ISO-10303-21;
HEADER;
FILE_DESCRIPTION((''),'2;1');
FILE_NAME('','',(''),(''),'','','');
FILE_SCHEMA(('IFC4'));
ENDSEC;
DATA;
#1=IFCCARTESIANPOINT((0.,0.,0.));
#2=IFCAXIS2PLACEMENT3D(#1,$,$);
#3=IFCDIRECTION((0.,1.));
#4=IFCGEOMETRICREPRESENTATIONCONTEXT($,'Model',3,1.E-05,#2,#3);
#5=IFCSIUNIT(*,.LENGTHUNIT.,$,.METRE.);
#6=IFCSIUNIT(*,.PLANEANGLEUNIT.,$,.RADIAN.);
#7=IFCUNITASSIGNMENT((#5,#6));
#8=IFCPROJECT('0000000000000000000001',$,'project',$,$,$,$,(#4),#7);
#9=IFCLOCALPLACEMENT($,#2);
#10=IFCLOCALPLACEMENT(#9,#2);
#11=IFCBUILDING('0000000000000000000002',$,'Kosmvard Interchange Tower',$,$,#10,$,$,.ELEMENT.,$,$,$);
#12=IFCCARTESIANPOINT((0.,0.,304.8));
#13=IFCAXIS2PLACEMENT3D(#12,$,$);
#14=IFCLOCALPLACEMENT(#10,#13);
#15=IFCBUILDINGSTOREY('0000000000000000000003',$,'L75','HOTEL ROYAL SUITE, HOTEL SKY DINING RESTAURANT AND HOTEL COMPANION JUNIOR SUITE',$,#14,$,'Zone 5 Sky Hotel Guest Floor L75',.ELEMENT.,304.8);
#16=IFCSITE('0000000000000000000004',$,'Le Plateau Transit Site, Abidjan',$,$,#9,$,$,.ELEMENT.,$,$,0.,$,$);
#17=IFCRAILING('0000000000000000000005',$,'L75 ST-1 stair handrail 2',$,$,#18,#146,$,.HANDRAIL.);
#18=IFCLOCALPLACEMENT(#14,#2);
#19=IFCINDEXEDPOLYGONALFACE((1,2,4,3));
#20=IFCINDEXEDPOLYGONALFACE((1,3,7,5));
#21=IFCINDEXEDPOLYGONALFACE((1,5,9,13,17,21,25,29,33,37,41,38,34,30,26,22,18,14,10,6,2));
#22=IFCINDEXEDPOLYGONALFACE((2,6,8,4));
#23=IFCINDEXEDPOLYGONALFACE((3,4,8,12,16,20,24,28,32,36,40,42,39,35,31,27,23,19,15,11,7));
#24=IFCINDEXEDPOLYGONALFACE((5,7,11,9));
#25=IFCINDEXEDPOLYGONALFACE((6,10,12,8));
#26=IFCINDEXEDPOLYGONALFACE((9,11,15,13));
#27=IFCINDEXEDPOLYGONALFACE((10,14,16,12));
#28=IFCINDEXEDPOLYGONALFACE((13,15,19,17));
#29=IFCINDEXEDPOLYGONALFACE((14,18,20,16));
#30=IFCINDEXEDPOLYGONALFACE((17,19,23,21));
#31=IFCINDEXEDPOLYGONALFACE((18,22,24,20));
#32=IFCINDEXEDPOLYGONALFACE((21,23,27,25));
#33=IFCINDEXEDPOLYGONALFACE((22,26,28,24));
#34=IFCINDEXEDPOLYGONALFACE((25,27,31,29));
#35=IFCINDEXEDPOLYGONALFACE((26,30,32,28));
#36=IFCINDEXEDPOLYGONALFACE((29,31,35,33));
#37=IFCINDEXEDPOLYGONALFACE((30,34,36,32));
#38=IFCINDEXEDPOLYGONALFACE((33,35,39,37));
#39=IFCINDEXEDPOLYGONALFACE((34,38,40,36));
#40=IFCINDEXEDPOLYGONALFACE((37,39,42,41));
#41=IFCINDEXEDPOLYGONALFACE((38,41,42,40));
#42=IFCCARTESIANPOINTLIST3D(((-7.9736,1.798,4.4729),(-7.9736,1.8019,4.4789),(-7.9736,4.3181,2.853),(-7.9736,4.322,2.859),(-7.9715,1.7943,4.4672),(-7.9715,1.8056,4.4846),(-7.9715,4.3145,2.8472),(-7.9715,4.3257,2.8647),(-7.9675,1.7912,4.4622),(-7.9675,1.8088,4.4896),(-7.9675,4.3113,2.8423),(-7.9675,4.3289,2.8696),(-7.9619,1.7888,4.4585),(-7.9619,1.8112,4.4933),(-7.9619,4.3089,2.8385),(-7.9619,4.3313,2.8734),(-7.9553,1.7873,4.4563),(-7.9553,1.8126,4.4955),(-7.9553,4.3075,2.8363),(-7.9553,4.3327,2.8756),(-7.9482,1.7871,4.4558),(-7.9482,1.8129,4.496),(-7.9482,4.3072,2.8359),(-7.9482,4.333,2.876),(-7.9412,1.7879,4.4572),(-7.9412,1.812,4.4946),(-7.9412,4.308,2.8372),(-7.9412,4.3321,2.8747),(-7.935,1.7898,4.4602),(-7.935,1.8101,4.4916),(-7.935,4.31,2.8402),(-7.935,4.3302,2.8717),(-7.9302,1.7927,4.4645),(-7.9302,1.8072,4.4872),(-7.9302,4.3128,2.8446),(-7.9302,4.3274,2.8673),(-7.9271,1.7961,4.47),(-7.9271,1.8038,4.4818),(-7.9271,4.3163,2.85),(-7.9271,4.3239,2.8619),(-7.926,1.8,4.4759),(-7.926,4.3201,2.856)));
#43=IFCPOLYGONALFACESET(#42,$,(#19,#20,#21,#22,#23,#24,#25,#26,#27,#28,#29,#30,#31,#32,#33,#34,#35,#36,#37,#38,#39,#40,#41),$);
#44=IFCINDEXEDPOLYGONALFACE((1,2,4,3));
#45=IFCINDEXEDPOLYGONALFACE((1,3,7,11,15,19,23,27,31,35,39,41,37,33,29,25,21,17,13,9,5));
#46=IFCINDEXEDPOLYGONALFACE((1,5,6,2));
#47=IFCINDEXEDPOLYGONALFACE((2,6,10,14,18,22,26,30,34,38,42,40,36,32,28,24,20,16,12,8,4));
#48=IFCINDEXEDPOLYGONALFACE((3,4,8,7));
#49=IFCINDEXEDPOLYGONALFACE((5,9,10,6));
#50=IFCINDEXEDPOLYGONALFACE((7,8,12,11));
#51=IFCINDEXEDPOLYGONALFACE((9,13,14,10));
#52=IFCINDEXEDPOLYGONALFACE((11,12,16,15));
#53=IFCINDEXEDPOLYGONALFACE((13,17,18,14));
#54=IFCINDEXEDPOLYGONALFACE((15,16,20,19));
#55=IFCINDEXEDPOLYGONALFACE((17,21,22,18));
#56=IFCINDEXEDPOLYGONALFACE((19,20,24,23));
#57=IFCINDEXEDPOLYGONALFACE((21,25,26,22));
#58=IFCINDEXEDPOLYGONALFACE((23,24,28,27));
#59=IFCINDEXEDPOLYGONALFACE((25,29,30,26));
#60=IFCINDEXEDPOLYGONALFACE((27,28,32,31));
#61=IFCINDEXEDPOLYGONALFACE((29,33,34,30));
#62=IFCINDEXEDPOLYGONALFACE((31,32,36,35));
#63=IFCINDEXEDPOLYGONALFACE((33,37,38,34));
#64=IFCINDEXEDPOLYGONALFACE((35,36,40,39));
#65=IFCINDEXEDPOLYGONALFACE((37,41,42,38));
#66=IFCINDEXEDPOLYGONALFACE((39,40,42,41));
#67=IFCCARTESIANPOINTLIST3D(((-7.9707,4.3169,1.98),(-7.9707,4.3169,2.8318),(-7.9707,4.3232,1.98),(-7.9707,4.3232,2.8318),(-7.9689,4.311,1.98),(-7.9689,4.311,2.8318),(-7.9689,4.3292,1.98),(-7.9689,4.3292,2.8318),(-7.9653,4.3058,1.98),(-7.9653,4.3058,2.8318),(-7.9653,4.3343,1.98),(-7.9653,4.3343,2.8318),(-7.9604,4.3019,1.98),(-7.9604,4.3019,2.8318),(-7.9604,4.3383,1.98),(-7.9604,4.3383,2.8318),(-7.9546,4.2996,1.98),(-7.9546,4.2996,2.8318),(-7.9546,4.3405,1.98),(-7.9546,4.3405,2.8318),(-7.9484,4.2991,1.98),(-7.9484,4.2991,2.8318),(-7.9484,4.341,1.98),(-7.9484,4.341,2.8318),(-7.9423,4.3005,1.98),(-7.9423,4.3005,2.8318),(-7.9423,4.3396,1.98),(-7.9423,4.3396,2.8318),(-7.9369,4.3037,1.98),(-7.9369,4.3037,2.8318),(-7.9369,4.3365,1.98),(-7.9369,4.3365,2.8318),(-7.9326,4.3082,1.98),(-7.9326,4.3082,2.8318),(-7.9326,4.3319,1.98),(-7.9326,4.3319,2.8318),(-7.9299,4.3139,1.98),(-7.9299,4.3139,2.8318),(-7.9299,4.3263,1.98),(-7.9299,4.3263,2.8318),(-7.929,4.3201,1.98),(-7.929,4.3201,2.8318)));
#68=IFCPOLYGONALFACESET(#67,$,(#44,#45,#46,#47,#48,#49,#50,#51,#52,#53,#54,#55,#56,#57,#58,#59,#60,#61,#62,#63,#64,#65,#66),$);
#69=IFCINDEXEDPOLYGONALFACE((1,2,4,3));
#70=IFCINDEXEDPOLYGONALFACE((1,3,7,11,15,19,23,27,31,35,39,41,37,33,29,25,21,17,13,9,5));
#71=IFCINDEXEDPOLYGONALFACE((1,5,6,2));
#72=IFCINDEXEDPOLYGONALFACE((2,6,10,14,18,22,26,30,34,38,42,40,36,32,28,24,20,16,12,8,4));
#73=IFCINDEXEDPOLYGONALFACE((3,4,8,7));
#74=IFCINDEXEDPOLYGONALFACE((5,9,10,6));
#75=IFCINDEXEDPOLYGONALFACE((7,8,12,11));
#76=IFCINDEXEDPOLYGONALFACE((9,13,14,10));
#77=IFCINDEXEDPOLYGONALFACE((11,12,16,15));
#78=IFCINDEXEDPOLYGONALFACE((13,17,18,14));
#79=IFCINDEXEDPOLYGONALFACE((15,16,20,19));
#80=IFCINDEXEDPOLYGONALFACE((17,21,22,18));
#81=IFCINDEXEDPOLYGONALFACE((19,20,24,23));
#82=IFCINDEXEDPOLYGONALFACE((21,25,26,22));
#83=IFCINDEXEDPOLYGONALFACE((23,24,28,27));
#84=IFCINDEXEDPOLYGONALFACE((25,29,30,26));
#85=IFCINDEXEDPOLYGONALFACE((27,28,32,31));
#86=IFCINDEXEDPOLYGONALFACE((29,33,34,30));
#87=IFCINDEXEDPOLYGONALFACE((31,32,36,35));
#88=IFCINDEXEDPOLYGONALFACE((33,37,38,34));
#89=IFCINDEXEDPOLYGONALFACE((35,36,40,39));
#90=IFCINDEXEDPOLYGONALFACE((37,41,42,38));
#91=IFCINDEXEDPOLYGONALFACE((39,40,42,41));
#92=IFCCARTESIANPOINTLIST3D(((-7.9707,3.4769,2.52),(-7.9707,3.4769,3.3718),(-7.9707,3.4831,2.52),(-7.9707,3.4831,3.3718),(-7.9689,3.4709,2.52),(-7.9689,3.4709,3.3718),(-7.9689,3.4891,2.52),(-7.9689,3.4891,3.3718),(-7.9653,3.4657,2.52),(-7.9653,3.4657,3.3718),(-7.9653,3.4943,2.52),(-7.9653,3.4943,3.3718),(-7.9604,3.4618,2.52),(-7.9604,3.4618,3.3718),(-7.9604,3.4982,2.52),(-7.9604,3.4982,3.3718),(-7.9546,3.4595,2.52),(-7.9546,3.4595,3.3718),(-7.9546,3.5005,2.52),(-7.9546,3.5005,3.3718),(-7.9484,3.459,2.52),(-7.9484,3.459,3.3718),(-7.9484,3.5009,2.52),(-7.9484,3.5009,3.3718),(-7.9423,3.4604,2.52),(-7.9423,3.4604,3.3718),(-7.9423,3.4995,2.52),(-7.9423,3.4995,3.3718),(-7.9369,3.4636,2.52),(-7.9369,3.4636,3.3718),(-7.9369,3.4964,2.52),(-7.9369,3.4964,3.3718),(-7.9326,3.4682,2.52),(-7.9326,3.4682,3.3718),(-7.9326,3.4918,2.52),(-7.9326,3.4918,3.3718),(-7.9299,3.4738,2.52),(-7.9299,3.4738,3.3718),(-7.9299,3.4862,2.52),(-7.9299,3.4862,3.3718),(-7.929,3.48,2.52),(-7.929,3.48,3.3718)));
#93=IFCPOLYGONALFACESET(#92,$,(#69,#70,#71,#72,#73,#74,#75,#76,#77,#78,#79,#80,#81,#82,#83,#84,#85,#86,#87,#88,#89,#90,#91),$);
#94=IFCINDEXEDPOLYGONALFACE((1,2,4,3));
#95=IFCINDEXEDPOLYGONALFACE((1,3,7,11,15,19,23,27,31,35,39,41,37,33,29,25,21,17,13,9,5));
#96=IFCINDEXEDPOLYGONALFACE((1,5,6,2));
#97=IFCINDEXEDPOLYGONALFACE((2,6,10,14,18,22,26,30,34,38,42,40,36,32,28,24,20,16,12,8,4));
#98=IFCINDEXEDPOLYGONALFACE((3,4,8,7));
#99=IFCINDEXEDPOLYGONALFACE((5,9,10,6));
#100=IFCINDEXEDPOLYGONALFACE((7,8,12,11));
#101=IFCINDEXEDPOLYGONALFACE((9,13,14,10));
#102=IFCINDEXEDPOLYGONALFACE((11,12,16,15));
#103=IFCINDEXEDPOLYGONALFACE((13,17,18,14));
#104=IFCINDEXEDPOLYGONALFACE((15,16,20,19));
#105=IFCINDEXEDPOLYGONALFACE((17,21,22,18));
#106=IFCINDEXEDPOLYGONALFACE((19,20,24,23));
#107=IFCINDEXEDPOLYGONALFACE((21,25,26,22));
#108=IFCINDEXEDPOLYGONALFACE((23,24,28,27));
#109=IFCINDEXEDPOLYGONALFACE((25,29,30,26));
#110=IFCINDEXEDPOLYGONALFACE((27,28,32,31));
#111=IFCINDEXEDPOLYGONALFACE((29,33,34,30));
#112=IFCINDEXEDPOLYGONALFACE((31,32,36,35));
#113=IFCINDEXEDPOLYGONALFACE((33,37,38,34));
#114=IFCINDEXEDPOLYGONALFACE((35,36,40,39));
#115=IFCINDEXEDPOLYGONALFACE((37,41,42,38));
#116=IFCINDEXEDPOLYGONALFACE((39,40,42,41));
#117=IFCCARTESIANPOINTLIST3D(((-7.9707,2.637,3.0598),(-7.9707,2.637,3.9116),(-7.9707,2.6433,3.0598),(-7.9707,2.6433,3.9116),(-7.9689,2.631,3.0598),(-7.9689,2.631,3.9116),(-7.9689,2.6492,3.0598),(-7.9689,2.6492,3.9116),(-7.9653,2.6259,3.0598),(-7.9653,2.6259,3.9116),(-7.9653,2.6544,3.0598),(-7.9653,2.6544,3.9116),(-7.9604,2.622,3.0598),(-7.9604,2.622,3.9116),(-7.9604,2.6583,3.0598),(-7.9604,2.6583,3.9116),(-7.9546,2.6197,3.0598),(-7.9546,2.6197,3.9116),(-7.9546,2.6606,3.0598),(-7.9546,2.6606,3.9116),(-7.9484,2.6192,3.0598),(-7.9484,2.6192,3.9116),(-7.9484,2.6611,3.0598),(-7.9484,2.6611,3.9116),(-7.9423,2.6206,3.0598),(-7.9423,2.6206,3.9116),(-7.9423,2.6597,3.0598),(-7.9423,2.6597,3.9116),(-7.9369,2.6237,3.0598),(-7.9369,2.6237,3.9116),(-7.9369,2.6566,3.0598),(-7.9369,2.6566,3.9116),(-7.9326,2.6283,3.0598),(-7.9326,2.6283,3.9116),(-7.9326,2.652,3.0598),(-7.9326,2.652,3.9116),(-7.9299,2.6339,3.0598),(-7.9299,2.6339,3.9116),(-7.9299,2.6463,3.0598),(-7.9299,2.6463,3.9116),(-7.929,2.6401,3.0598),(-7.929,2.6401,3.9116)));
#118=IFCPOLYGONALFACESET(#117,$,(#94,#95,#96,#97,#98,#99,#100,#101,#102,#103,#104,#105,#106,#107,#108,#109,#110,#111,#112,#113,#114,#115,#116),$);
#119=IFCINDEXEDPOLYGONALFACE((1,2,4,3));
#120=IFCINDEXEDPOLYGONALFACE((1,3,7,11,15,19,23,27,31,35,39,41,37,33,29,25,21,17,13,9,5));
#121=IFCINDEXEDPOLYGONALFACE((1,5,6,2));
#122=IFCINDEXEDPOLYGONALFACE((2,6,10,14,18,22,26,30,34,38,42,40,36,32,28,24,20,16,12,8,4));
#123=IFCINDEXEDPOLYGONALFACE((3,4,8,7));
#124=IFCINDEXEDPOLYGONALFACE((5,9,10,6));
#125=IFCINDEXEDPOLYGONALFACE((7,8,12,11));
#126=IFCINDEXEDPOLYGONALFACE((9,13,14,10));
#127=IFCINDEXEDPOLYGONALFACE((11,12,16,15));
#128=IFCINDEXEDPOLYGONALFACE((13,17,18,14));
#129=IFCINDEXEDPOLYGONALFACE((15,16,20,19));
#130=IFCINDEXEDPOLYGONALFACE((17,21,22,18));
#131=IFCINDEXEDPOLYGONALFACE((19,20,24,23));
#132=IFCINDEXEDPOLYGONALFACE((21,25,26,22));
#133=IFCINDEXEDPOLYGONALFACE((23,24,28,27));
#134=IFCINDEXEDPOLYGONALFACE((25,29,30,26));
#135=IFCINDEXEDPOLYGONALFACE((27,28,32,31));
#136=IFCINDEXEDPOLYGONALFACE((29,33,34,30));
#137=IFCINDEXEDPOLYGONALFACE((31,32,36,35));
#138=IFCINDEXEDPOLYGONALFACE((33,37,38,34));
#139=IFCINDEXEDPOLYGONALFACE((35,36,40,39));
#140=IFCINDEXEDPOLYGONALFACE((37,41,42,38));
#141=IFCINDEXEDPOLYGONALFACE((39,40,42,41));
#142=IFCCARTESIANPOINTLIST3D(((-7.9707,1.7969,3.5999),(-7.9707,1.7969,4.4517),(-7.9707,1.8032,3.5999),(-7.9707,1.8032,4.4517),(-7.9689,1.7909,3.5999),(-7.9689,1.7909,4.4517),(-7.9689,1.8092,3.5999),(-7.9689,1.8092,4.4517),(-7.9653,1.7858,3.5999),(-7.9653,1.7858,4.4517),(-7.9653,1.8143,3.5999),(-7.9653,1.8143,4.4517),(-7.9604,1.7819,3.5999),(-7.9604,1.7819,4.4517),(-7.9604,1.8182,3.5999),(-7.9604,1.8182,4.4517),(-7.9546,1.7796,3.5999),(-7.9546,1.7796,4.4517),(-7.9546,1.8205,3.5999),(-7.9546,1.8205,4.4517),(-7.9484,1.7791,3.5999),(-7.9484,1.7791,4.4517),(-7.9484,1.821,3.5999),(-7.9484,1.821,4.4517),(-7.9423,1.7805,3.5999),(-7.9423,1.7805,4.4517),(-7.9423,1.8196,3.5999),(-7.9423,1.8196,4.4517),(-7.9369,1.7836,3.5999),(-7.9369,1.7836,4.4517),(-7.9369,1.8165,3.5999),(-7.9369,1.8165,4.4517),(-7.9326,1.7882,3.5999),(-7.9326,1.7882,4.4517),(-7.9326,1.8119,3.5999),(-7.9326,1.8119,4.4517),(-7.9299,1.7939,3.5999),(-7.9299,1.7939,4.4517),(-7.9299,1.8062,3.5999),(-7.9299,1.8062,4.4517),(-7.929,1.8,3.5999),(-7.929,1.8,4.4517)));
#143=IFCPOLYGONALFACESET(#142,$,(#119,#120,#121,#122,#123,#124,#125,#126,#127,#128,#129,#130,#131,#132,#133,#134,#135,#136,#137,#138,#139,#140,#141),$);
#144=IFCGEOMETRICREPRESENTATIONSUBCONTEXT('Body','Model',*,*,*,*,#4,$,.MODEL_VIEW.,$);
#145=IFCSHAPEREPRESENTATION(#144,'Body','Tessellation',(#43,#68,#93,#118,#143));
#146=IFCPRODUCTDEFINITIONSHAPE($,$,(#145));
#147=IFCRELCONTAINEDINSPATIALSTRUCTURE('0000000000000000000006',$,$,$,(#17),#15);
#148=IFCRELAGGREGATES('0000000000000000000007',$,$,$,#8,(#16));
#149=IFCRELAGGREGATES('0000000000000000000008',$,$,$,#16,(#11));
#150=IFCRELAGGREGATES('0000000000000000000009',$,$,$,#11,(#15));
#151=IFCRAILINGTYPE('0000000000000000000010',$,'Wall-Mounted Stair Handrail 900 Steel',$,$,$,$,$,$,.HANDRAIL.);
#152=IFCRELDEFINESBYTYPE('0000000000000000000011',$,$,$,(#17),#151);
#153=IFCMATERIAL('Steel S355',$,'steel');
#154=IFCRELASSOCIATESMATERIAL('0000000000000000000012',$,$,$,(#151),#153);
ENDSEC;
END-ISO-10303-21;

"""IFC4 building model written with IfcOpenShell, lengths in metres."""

from ifc_helpers import new_model, si_unit, direction, frame, origin, origin_2d, place, context, subcontext, project, spatial, circle, extrude, source, transform, mapped, material, type_object, element, save


model = new_model("IFC4")

# Units and contexts
model_context = context("Model", 3, precision=1e-05, world=origin(), true_north=direction((0.0, 1.0)))
body_context = subcontext(model_context, "Body", "Model", "MODEL_VIEW")
ifc_project = project(units=[si_unit("LENGTHUNIT", "METRE"), si_unit("PLANEANGLEUNIT", "RADIAN")], contexts=[model_context])

# Site, building, storey
site_placement = place(None, origin())
site = spatial("IfcSite", under=ifc_project, at=site_placement, Name="Le Plateau Transit Site, Abidjan", CompositionType="ELEMENT", RefElevation=0.0)
building_placement = place(site_placement, origin())
building = spatial("IfcBuilding", under=site, at=building_placement, Name="Kosmvard Interchange Tower", CompositionType="ELEMENT")
storey_placement = place(building_placement, frame((0.0, 0.0, 304.8)))
storey = spatial("IfcBuildingStorey", under=building, at=storey_placement, Name="L75", Description="HOTEL ROYAL SUITE, HOTEL SKY DINING RESTAURANT AND HOTEL COMPANION JUNIOR SUITE", LongName="Zone 5 Sky Hotel Guest Floor L75", CompositionType="ELEMENT", Elevation=304.8)

# Shared definitions
ifc_material_1 = material(Name="Steel S355", Category="steel")

# Railing
railing_type_1 = type_object("IfcRailingType", Name="Wall-Mounted Stair Handrail 900 Steel", PredefinedType="HANDRAIL", material=ifc_material_1)
shared_shape_1 = source(origin(), body_context, "Body", "SweptSolid", [
    extrude(circle(Radius=0.0239, at=origin_2d()), frame((0.0, 0.0, 0.876), z_axis=(0.0, -0.8412, 0.540725), x_axis=(1.0, 0.0, 0.0)), (0.0, 0.0, 1.0), 2.9958),
    extrude(circle(Radius=0.021, at=origin_2d()), origin(), (0.0, 0.0, 1.0), 0.8518),
    extrude(circle(Radius=0.021, at=origin_2d()), frame((0.0, -0.8401, 0.54)), (0.0, 0.0, 1.0), 0.8518),
    extrude(circle(Radius=0.021, at=origin_2d()), frame((0.0, -1.6799, 1.0798)), (0.0, 0.0, 1.0), 0.8518),
    extrude(circle(Radius=0.021, at=origin_2d()), frame((0.0, -2.52, 1.6199)), (0.0, 0.0, 1.0), 0.8518),
])
railing_1_placement = place(storey_placement, frame((-7.95, 4.3201, 1.98)))
element("IfcRailing", 1, at=railing_1_placement, inside=storey, type_object=railing_type_1, Name="L75 ST-1 stair handrail 2", PredefinedType="HANDRAIL", context=body_context, shape_type="MappedRepresentation", body=[
    mapped(shared_shape_1, transform((0.0, 0.0, 0.0), scale=1.0)),
])

save(model, "model.ifc")
